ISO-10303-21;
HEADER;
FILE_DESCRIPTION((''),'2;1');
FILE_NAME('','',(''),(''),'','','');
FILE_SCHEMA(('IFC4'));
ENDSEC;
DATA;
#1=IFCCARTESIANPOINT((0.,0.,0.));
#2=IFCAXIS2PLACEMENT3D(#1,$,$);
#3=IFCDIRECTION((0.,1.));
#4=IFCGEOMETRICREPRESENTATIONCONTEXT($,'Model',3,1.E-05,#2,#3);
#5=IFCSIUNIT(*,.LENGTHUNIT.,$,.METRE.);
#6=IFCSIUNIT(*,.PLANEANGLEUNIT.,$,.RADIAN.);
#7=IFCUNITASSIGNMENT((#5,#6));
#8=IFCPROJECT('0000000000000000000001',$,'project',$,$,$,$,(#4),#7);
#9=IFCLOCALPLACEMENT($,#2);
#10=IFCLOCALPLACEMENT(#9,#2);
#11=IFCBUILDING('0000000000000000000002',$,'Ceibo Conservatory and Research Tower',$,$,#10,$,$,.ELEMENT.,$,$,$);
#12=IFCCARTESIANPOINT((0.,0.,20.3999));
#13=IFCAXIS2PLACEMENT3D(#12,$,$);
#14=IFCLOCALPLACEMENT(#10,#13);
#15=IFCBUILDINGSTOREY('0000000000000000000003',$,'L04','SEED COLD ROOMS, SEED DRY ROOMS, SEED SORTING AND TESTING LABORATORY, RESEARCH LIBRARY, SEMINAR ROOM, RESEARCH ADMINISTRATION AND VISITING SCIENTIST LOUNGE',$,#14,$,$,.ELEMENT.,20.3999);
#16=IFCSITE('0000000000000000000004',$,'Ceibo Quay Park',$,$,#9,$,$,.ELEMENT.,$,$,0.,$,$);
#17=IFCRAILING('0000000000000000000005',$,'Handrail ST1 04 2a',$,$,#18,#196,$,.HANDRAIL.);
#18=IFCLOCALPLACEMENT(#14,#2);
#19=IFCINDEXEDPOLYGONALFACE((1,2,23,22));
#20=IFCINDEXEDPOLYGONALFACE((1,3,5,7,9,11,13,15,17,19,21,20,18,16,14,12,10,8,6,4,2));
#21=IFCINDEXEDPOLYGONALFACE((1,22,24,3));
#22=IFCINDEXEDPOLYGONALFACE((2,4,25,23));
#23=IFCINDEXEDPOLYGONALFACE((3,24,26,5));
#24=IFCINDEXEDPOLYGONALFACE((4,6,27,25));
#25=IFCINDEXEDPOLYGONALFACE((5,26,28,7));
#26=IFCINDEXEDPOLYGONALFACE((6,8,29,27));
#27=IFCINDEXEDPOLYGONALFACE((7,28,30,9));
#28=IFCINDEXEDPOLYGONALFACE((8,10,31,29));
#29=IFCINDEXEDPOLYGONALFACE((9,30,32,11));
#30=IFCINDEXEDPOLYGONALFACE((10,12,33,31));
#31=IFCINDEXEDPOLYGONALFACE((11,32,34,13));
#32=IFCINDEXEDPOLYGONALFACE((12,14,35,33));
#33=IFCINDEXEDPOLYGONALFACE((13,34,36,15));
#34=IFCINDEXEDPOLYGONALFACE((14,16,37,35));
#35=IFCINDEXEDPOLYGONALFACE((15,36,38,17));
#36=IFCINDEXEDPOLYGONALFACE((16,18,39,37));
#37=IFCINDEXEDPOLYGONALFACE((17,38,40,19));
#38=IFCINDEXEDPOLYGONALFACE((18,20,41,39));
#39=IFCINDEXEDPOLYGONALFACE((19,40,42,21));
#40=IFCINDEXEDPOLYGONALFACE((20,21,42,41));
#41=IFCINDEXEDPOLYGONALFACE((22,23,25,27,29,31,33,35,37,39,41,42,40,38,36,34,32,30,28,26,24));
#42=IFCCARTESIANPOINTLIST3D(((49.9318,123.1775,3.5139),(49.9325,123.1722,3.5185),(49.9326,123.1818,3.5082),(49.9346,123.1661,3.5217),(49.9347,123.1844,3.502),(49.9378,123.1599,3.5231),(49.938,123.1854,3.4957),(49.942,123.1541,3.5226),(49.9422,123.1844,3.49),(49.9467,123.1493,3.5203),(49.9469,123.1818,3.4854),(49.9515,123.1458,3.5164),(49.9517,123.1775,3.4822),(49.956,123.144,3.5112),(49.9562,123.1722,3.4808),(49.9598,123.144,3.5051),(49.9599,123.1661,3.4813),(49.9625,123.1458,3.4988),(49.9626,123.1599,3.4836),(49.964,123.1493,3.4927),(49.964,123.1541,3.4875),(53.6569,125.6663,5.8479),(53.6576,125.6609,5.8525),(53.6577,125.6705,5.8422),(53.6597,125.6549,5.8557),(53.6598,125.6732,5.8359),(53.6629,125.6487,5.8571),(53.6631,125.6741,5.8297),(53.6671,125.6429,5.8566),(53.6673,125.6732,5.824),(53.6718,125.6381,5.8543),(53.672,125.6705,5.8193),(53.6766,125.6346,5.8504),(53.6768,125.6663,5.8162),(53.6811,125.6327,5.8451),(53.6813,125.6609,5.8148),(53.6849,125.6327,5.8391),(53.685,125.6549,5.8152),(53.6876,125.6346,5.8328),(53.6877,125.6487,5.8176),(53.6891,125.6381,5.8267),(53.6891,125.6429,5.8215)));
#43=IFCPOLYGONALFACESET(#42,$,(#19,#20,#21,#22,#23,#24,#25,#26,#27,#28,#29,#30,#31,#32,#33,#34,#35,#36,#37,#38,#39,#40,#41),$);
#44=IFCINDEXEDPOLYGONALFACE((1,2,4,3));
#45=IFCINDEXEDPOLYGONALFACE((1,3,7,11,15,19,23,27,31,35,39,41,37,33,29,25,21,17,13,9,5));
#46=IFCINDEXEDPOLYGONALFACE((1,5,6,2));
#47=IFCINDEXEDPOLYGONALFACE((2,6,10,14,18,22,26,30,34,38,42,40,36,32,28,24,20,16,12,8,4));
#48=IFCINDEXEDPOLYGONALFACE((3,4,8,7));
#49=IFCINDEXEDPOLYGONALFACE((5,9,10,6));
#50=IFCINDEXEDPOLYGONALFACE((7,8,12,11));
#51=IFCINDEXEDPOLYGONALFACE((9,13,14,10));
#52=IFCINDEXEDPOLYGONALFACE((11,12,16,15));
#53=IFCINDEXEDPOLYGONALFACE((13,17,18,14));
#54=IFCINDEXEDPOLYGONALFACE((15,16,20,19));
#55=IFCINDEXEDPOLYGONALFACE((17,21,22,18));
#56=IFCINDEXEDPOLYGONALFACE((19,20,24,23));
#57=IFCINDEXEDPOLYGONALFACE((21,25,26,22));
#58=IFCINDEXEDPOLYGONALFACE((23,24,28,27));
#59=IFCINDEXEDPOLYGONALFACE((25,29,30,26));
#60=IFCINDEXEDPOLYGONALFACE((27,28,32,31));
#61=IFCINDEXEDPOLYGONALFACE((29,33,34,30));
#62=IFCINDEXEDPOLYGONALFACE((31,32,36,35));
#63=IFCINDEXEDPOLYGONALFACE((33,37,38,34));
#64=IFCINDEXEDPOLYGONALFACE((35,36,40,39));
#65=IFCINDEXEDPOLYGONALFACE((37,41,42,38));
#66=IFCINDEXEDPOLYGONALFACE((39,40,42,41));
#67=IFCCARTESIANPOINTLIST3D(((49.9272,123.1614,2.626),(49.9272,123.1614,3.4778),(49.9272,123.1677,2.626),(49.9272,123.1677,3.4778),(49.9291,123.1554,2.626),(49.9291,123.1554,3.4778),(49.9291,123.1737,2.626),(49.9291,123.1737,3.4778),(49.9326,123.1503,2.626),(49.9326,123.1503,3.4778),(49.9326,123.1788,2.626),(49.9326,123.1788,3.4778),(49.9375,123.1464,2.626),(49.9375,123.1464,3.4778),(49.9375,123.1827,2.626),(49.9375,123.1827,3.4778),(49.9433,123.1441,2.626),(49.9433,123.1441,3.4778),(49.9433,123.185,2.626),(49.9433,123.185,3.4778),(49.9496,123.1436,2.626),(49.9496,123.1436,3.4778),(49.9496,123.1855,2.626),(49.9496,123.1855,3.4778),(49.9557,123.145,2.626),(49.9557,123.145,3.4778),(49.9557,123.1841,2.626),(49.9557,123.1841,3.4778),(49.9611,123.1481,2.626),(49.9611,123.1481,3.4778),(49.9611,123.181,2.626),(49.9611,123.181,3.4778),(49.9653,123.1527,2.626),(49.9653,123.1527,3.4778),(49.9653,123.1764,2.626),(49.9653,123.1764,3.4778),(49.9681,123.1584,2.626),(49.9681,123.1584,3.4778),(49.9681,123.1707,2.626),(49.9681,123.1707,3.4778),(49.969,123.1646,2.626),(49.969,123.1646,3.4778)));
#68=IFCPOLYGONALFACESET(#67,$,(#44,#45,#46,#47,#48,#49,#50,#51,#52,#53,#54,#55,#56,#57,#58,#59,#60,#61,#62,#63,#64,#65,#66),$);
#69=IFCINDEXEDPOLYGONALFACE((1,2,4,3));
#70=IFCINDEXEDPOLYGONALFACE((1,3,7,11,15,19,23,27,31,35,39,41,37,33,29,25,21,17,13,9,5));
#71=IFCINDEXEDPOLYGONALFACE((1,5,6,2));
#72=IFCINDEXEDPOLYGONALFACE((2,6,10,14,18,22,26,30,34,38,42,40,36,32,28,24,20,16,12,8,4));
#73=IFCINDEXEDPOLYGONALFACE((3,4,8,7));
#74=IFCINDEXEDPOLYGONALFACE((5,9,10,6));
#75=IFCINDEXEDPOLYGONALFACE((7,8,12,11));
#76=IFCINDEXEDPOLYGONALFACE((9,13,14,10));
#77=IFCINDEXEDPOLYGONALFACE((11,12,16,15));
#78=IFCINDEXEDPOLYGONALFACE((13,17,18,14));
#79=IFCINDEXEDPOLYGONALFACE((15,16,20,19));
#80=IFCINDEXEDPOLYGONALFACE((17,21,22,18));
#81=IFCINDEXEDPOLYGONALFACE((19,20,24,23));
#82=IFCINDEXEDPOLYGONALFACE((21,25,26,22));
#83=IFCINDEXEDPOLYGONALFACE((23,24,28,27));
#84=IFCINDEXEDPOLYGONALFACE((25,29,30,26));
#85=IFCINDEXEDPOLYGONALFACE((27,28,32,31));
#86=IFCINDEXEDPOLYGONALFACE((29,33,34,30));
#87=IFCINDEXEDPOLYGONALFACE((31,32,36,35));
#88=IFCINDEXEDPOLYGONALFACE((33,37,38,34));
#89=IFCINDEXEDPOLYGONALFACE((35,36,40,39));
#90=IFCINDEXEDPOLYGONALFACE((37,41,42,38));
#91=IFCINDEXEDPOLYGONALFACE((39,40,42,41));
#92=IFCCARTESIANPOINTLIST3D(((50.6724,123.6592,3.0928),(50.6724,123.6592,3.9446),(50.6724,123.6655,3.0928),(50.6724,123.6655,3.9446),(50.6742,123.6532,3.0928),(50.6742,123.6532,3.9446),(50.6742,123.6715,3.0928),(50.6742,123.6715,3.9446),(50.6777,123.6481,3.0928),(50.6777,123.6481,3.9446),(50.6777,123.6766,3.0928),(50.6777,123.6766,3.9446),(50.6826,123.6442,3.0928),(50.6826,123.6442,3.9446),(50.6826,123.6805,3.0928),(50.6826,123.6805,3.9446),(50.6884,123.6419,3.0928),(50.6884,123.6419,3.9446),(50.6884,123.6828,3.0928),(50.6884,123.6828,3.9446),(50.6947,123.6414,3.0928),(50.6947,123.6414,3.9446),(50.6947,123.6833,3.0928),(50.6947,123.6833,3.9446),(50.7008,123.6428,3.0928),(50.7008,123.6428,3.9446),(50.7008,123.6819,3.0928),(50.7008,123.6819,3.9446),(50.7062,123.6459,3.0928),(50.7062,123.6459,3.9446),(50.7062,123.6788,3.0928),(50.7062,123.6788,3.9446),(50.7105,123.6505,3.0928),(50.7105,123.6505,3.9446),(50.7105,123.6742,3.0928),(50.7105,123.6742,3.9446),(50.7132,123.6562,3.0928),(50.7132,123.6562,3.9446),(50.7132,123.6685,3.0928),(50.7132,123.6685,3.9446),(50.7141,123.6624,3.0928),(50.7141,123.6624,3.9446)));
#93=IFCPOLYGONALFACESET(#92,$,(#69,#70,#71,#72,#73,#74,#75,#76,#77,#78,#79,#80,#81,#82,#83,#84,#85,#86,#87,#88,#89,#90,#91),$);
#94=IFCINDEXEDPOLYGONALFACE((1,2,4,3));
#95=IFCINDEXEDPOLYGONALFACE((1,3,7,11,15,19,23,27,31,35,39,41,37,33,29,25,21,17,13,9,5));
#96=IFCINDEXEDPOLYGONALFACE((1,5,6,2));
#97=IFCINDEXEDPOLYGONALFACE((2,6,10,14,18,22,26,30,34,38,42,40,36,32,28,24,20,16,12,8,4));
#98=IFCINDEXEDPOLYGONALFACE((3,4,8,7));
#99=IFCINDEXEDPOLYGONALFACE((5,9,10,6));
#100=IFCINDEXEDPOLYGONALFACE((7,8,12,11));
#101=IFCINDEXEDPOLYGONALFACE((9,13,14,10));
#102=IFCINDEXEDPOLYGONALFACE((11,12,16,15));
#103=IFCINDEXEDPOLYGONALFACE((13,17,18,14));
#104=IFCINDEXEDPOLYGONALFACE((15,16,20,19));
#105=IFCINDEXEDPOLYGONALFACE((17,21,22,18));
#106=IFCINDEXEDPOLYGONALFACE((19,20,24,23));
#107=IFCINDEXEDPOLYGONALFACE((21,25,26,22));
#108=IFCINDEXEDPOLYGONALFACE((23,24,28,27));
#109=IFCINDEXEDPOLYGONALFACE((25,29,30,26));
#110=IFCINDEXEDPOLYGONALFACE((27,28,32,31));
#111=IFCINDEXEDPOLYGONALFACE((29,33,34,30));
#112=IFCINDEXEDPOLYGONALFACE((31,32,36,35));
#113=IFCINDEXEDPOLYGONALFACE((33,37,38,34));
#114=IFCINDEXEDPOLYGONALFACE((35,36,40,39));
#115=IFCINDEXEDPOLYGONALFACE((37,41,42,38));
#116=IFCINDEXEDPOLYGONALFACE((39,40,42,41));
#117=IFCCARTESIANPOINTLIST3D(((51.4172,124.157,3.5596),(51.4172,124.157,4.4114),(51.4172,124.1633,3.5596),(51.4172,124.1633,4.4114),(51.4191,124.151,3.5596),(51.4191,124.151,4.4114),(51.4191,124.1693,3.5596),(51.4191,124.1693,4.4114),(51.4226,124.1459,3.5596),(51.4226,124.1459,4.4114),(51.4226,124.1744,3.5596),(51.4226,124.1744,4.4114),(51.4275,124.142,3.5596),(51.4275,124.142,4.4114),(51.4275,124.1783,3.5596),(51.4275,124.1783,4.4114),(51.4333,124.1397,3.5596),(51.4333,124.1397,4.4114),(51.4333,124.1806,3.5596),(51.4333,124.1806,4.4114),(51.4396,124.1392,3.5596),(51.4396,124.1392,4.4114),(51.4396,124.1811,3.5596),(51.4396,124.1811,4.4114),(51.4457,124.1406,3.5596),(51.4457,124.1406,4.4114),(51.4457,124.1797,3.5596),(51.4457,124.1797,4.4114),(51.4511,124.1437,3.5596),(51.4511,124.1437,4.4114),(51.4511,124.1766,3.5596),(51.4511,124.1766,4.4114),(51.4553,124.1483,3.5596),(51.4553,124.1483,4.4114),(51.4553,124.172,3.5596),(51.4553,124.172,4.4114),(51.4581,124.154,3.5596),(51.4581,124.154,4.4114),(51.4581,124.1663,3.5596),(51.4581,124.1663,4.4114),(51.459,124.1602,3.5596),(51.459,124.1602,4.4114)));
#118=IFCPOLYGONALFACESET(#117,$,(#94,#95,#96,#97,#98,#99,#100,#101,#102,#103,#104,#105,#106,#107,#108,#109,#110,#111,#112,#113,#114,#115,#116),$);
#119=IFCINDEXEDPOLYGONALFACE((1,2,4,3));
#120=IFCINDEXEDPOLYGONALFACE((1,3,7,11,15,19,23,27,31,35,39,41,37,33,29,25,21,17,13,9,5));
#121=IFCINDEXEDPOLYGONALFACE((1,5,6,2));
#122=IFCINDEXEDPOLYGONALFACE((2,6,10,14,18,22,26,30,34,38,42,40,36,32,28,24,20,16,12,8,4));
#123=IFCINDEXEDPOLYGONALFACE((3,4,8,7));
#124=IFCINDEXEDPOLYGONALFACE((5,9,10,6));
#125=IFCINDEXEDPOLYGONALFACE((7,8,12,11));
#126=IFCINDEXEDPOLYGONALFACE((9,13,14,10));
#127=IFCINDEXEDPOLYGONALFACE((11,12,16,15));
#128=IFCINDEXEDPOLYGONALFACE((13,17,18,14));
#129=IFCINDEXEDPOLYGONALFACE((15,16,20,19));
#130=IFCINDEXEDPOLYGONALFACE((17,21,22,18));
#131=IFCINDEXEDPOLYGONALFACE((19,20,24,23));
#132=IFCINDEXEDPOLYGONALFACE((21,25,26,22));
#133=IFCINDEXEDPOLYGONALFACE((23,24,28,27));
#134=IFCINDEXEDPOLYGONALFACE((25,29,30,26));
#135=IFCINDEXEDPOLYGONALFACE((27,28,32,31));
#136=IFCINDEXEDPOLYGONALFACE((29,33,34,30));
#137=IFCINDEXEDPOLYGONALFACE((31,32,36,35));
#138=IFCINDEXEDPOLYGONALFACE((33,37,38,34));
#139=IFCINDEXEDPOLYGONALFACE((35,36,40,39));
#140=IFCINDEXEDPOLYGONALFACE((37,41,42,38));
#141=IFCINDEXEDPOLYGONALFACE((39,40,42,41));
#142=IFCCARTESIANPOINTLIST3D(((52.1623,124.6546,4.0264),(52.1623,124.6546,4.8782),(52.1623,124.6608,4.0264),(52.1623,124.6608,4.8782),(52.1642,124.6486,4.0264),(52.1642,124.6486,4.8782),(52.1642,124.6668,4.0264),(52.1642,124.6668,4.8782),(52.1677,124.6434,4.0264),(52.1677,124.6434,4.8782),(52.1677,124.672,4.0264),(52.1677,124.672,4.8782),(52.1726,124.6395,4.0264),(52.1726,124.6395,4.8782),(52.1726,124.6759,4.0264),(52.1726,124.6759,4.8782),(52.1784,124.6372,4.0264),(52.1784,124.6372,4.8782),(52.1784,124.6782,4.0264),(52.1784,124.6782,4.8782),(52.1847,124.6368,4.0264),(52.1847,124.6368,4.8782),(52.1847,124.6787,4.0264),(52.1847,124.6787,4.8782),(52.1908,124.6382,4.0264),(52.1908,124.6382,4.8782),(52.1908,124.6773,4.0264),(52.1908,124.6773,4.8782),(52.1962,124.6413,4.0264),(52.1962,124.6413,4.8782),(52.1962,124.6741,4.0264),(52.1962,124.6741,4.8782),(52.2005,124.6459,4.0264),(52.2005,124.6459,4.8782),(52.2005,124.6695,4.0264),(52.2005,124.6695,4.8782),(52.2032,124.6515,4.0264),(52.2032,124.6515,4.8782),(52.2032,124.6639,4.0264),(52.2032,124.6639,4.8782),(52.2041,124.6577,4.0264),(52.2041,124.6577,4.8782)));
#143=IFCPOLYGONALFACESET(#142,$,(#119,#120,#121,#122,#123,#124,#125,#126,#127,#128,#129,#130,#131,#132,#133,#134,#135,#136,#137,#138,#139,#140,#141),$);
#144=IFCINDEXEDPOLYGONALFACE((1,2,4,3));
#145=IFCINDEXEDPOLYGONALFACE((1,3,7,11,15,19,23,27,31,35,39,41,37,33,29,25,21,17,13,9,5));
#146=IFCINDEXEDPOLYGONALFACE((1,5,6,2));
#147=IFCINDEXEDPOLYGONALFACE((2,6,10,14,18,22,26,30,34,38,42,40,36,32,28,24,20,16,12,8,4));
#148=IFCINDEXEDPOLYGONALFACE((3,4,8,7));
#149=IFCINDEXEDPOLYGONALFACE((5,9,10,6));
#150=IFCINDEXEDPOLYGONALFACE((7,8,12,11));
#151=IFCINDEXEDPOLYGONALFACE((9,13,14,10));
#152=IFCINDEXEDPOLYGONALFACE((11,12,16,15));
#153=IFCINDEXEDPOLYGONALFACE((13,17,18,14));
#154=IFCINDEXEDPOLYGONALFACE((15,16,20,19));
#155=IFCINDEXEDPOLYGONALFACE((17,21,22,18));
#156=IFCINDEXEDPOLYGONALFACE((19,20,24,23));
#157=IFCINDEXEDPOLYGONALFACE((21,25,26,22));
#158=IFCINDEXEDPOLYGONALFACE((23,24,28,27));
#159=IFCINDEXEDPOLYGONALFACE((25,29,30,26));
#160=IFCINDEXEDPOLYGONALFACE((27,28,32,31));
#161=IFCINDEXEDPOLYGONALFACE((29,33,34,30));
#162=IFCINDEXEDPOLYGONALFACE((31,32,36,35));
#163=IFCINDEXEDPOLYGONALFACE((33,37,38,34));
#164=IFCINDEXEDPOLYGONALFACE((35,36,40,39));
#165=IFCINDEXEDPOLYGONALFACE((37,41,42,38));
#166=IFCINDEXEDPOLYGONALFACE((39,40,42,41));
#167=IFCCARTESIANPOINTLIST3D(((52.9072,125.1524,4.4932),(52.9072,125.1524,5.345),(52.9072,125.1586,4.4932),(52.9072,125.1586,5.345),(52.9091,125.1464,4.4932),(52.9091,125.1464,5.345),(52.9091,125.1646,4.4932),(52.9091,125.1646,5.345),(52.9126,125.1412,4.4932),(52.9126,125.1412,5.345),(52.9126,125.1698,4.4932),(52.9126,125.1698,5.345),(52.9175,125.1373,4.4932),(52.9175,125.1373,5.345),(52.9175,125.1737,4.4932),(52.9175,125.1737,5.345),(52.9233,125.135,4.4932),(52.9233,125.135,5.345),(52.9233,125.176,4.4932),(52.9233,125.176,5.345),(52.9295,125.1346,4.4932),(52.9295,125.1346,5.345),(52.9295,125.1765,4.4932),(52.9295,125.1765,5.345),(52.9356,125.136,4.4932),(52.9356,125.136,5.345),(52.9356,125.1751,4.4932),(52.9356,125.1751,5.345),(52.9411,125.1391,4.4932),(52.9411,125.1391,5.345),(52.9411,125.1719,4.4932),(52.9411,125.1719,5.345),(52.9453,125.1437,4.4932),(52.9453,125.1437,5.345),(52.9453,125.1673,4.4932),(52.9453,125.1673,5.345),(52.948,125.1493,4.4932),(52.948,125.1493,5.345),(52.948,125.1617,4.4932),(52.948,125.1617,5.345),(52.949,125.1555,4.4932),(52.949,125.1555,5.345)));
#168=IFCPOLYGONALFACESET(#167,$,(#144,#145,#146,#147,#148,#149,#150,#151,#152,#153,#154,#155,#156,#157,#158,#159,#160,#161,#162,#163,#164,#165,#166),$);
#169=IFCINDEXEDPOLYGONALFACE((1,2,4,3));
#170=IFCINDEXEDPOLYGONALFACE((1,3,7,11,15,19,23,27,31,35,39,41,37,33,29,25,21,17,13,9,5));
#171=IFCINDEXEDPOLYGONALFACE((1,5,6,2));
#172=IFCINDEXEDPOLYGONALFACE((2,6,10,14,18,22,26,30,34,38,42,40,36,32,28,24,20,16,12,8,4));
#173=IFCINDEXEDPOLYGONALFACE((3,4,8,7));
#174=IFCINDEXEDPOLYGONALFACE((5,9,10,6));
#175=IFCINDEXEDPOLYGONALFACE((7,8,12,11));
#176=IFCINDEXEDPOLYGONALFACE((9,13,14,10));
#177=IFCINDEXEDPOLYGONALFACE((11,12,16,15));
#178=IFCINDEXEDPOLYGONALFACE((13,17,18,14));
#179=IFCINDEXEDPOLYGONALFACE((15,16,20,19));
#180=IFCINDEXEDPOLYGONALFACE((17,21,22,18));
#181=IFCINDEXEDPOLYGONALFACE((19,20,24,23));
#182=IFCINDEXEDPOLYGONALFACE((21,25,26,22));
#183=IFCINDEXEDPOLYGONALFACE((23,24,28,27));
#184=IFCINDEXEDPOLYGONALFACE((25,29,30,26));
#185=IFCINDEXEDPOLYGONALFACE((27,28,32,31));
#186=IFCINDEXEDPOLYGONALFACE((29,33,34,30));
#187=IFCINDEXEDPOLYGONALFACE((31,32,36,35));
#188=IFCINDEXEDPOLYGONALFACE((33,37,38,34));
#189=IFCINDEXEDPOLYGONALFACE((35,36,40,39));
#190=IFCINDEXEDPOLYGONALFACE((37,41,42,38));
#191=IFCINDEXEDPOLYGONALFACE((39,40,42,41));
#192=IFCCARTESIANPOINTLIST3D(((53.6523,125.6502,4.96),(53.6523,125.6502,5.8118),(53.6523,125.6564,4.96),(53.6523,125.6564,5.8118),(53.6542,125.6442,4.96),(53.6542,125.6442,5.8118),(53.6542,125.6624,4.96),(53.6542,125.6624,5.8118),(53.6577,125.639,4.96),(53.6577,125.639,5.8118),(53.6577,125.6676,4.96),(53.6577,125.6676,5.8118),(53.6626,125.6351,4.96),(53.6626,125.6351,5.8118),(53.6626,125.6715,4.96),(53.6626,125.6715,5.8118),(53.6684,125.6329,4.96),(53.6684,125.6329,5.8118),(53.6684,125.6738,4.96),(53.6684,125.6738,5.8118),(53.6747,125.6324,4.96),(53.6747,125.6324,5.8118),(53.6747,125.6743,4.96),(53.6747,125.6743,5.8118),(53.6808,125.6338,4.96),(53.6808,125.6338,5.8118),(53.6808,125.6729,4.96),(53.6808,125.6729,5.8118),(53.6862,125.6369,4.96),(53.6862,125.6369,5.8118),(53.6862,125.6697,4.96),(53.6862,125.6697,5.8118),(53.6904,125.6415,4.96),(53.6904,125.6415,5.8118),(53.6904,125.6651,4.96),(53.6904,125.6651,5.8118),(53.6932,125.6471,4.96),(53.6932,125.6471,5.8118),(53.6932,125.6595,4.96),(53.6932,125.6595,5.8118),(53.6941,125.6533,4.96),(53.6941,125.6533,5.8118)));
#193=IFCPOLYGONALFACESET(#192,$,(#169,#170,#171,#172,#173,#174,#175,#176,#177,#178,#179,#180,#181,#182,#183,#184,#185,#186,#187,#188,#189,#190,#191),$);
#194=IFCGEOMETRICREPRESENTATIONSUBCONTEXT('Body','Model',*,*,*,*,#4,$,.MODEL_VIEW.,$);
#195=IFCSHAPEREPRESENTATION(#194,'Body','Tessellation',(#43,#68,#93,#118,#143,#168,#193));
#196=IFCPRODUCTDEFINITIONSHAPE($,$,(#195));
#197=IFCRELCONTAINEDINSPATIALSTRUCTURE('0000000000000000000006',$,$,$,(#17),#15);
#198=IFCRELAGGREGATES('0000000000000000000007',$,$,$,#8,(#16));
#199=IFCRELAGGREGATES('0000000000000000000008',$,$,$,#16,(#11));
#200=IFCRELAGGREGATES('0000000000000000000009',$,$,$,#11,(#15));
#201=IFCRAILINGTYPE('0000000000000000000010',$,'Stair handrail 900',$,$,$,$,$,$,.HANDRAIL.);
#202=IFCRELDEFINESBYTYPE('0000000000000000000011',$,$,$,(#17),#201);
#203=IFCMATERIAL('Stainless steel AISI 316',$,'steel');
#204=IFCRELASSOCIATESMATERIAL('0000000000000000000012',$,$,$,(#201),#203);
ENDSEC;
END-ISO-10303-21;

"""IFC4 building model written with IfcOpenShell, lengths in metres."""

from ifc_helpers import new_model, si_unit, direction, frame, origin, origin_2d, place, context, subcontext, project, spatial, circle, extrude, material, type_object, element, save


model = new_model("IFC4")

# Units and contexts
model_context = context("Model", 3, precision=1e-05, world=origin(), true_north=direction((0.0, 1.0)))
body_context = subcontext(model_context, "Body", "Model", "MODEL_VIEW")
ifc_project = project(units=[si_unit("LENGTHUNIT", "METRE"), si_unit("PLANEANGLEUNIT", "RADIAN")], contexts=[model_context])

# Site, building, storey
site_placement = place(None, origin())
site = spatial("IfcSite", under=ifc_project, at=site_placement, Name="Ceibo Quay Park", CompositionType="ELEMENT", RefElevation=0.0)
building_placement = place(site_placement, origin())
building = spatial("IfcBuilding", under=site, at=building_placement, Name="Ceibo Conservatory and Research Tower", CompositionType="ELEMENT")
storey_placement = place(building_placement, frame((0.0, 0.0, 20.3999)))
storey = spatial("IfcBuildingStorey", under=building, at=storey_placement, Name="L04", Description="SEED COLD ROOMS, SEED DRY ROOMS, SEED SORTING AND TESTING LABORATORY, RESEARCH LIBRARY, SEMINAR ROOM, RESEARCH ADMINISTRATION AND VISITING SCIENTIST LOUNGE", CompositionType="ELEMENT", Elevation=20.3999)

# Railing
ifc_material_1 = material(Name="Stainless steel AISI 316", Category="steel")
railing_type = type_object("IfcRailingType", Name="Stair handrail 900", PredefinedType="HANDRAIL", material=ifc_material_1)
railing_1_placement = place(storey_placement, frame((49.948, 123.1646, 2.626)))
element("IfcRailing", 1, at=railing_1_placement, inside=storey, type_object=railing_type, Name="Handrail ST1 04 2a", PredefinedType="HANDRAIL", context=body_context, shape_type="SweptSolid", body=[
    extrude(circle(Radius=0.0239, at=origin_2d()), frame((0.0, 0.0, 0.876), z_axis=(0.737422, 0.492678, 0.462036), x_axis=(-0.55553, 0.831497, 0.0)), (0.0, 0.0, 1.0), 5.0515),
    extrude(circle(Radius=0.021, at=origin_2d()), origin(), (0.0, 0.0, 1.0), 0.8518),
    extrude(circle(Radius=0.021, at=origin_2d()), frame((0.7451, 0.4978, 0.4668)), (0.0, 0.0, 1.0), 0.8518),
    extrude(circle(Radius=0.021, at=origin_2d()), frame((1.49, 0.9956, 0.9336)), (0.0, 0.0, 1.0), 0.8518),
    extrude(circle(Radius=0.021, at=origin_2d()), frame((2.2351, 1.4932, 1.4004)), (0.0, 0.0, 1.0), 0.8518),
    extrude(circle(Radius=0.021, at=origin_2d()), frame((2.98, 1.991, 1.8672)), (0.0, 0.0, 1.0), 0.8518),
    extrude(circle(Radius=0.021, at=origin_2d()), frame((3.7251, 2.4888, 2.334)), (0.0, 0.0, 1.0), 0.8518),
])

save(model, "model.ifc")
